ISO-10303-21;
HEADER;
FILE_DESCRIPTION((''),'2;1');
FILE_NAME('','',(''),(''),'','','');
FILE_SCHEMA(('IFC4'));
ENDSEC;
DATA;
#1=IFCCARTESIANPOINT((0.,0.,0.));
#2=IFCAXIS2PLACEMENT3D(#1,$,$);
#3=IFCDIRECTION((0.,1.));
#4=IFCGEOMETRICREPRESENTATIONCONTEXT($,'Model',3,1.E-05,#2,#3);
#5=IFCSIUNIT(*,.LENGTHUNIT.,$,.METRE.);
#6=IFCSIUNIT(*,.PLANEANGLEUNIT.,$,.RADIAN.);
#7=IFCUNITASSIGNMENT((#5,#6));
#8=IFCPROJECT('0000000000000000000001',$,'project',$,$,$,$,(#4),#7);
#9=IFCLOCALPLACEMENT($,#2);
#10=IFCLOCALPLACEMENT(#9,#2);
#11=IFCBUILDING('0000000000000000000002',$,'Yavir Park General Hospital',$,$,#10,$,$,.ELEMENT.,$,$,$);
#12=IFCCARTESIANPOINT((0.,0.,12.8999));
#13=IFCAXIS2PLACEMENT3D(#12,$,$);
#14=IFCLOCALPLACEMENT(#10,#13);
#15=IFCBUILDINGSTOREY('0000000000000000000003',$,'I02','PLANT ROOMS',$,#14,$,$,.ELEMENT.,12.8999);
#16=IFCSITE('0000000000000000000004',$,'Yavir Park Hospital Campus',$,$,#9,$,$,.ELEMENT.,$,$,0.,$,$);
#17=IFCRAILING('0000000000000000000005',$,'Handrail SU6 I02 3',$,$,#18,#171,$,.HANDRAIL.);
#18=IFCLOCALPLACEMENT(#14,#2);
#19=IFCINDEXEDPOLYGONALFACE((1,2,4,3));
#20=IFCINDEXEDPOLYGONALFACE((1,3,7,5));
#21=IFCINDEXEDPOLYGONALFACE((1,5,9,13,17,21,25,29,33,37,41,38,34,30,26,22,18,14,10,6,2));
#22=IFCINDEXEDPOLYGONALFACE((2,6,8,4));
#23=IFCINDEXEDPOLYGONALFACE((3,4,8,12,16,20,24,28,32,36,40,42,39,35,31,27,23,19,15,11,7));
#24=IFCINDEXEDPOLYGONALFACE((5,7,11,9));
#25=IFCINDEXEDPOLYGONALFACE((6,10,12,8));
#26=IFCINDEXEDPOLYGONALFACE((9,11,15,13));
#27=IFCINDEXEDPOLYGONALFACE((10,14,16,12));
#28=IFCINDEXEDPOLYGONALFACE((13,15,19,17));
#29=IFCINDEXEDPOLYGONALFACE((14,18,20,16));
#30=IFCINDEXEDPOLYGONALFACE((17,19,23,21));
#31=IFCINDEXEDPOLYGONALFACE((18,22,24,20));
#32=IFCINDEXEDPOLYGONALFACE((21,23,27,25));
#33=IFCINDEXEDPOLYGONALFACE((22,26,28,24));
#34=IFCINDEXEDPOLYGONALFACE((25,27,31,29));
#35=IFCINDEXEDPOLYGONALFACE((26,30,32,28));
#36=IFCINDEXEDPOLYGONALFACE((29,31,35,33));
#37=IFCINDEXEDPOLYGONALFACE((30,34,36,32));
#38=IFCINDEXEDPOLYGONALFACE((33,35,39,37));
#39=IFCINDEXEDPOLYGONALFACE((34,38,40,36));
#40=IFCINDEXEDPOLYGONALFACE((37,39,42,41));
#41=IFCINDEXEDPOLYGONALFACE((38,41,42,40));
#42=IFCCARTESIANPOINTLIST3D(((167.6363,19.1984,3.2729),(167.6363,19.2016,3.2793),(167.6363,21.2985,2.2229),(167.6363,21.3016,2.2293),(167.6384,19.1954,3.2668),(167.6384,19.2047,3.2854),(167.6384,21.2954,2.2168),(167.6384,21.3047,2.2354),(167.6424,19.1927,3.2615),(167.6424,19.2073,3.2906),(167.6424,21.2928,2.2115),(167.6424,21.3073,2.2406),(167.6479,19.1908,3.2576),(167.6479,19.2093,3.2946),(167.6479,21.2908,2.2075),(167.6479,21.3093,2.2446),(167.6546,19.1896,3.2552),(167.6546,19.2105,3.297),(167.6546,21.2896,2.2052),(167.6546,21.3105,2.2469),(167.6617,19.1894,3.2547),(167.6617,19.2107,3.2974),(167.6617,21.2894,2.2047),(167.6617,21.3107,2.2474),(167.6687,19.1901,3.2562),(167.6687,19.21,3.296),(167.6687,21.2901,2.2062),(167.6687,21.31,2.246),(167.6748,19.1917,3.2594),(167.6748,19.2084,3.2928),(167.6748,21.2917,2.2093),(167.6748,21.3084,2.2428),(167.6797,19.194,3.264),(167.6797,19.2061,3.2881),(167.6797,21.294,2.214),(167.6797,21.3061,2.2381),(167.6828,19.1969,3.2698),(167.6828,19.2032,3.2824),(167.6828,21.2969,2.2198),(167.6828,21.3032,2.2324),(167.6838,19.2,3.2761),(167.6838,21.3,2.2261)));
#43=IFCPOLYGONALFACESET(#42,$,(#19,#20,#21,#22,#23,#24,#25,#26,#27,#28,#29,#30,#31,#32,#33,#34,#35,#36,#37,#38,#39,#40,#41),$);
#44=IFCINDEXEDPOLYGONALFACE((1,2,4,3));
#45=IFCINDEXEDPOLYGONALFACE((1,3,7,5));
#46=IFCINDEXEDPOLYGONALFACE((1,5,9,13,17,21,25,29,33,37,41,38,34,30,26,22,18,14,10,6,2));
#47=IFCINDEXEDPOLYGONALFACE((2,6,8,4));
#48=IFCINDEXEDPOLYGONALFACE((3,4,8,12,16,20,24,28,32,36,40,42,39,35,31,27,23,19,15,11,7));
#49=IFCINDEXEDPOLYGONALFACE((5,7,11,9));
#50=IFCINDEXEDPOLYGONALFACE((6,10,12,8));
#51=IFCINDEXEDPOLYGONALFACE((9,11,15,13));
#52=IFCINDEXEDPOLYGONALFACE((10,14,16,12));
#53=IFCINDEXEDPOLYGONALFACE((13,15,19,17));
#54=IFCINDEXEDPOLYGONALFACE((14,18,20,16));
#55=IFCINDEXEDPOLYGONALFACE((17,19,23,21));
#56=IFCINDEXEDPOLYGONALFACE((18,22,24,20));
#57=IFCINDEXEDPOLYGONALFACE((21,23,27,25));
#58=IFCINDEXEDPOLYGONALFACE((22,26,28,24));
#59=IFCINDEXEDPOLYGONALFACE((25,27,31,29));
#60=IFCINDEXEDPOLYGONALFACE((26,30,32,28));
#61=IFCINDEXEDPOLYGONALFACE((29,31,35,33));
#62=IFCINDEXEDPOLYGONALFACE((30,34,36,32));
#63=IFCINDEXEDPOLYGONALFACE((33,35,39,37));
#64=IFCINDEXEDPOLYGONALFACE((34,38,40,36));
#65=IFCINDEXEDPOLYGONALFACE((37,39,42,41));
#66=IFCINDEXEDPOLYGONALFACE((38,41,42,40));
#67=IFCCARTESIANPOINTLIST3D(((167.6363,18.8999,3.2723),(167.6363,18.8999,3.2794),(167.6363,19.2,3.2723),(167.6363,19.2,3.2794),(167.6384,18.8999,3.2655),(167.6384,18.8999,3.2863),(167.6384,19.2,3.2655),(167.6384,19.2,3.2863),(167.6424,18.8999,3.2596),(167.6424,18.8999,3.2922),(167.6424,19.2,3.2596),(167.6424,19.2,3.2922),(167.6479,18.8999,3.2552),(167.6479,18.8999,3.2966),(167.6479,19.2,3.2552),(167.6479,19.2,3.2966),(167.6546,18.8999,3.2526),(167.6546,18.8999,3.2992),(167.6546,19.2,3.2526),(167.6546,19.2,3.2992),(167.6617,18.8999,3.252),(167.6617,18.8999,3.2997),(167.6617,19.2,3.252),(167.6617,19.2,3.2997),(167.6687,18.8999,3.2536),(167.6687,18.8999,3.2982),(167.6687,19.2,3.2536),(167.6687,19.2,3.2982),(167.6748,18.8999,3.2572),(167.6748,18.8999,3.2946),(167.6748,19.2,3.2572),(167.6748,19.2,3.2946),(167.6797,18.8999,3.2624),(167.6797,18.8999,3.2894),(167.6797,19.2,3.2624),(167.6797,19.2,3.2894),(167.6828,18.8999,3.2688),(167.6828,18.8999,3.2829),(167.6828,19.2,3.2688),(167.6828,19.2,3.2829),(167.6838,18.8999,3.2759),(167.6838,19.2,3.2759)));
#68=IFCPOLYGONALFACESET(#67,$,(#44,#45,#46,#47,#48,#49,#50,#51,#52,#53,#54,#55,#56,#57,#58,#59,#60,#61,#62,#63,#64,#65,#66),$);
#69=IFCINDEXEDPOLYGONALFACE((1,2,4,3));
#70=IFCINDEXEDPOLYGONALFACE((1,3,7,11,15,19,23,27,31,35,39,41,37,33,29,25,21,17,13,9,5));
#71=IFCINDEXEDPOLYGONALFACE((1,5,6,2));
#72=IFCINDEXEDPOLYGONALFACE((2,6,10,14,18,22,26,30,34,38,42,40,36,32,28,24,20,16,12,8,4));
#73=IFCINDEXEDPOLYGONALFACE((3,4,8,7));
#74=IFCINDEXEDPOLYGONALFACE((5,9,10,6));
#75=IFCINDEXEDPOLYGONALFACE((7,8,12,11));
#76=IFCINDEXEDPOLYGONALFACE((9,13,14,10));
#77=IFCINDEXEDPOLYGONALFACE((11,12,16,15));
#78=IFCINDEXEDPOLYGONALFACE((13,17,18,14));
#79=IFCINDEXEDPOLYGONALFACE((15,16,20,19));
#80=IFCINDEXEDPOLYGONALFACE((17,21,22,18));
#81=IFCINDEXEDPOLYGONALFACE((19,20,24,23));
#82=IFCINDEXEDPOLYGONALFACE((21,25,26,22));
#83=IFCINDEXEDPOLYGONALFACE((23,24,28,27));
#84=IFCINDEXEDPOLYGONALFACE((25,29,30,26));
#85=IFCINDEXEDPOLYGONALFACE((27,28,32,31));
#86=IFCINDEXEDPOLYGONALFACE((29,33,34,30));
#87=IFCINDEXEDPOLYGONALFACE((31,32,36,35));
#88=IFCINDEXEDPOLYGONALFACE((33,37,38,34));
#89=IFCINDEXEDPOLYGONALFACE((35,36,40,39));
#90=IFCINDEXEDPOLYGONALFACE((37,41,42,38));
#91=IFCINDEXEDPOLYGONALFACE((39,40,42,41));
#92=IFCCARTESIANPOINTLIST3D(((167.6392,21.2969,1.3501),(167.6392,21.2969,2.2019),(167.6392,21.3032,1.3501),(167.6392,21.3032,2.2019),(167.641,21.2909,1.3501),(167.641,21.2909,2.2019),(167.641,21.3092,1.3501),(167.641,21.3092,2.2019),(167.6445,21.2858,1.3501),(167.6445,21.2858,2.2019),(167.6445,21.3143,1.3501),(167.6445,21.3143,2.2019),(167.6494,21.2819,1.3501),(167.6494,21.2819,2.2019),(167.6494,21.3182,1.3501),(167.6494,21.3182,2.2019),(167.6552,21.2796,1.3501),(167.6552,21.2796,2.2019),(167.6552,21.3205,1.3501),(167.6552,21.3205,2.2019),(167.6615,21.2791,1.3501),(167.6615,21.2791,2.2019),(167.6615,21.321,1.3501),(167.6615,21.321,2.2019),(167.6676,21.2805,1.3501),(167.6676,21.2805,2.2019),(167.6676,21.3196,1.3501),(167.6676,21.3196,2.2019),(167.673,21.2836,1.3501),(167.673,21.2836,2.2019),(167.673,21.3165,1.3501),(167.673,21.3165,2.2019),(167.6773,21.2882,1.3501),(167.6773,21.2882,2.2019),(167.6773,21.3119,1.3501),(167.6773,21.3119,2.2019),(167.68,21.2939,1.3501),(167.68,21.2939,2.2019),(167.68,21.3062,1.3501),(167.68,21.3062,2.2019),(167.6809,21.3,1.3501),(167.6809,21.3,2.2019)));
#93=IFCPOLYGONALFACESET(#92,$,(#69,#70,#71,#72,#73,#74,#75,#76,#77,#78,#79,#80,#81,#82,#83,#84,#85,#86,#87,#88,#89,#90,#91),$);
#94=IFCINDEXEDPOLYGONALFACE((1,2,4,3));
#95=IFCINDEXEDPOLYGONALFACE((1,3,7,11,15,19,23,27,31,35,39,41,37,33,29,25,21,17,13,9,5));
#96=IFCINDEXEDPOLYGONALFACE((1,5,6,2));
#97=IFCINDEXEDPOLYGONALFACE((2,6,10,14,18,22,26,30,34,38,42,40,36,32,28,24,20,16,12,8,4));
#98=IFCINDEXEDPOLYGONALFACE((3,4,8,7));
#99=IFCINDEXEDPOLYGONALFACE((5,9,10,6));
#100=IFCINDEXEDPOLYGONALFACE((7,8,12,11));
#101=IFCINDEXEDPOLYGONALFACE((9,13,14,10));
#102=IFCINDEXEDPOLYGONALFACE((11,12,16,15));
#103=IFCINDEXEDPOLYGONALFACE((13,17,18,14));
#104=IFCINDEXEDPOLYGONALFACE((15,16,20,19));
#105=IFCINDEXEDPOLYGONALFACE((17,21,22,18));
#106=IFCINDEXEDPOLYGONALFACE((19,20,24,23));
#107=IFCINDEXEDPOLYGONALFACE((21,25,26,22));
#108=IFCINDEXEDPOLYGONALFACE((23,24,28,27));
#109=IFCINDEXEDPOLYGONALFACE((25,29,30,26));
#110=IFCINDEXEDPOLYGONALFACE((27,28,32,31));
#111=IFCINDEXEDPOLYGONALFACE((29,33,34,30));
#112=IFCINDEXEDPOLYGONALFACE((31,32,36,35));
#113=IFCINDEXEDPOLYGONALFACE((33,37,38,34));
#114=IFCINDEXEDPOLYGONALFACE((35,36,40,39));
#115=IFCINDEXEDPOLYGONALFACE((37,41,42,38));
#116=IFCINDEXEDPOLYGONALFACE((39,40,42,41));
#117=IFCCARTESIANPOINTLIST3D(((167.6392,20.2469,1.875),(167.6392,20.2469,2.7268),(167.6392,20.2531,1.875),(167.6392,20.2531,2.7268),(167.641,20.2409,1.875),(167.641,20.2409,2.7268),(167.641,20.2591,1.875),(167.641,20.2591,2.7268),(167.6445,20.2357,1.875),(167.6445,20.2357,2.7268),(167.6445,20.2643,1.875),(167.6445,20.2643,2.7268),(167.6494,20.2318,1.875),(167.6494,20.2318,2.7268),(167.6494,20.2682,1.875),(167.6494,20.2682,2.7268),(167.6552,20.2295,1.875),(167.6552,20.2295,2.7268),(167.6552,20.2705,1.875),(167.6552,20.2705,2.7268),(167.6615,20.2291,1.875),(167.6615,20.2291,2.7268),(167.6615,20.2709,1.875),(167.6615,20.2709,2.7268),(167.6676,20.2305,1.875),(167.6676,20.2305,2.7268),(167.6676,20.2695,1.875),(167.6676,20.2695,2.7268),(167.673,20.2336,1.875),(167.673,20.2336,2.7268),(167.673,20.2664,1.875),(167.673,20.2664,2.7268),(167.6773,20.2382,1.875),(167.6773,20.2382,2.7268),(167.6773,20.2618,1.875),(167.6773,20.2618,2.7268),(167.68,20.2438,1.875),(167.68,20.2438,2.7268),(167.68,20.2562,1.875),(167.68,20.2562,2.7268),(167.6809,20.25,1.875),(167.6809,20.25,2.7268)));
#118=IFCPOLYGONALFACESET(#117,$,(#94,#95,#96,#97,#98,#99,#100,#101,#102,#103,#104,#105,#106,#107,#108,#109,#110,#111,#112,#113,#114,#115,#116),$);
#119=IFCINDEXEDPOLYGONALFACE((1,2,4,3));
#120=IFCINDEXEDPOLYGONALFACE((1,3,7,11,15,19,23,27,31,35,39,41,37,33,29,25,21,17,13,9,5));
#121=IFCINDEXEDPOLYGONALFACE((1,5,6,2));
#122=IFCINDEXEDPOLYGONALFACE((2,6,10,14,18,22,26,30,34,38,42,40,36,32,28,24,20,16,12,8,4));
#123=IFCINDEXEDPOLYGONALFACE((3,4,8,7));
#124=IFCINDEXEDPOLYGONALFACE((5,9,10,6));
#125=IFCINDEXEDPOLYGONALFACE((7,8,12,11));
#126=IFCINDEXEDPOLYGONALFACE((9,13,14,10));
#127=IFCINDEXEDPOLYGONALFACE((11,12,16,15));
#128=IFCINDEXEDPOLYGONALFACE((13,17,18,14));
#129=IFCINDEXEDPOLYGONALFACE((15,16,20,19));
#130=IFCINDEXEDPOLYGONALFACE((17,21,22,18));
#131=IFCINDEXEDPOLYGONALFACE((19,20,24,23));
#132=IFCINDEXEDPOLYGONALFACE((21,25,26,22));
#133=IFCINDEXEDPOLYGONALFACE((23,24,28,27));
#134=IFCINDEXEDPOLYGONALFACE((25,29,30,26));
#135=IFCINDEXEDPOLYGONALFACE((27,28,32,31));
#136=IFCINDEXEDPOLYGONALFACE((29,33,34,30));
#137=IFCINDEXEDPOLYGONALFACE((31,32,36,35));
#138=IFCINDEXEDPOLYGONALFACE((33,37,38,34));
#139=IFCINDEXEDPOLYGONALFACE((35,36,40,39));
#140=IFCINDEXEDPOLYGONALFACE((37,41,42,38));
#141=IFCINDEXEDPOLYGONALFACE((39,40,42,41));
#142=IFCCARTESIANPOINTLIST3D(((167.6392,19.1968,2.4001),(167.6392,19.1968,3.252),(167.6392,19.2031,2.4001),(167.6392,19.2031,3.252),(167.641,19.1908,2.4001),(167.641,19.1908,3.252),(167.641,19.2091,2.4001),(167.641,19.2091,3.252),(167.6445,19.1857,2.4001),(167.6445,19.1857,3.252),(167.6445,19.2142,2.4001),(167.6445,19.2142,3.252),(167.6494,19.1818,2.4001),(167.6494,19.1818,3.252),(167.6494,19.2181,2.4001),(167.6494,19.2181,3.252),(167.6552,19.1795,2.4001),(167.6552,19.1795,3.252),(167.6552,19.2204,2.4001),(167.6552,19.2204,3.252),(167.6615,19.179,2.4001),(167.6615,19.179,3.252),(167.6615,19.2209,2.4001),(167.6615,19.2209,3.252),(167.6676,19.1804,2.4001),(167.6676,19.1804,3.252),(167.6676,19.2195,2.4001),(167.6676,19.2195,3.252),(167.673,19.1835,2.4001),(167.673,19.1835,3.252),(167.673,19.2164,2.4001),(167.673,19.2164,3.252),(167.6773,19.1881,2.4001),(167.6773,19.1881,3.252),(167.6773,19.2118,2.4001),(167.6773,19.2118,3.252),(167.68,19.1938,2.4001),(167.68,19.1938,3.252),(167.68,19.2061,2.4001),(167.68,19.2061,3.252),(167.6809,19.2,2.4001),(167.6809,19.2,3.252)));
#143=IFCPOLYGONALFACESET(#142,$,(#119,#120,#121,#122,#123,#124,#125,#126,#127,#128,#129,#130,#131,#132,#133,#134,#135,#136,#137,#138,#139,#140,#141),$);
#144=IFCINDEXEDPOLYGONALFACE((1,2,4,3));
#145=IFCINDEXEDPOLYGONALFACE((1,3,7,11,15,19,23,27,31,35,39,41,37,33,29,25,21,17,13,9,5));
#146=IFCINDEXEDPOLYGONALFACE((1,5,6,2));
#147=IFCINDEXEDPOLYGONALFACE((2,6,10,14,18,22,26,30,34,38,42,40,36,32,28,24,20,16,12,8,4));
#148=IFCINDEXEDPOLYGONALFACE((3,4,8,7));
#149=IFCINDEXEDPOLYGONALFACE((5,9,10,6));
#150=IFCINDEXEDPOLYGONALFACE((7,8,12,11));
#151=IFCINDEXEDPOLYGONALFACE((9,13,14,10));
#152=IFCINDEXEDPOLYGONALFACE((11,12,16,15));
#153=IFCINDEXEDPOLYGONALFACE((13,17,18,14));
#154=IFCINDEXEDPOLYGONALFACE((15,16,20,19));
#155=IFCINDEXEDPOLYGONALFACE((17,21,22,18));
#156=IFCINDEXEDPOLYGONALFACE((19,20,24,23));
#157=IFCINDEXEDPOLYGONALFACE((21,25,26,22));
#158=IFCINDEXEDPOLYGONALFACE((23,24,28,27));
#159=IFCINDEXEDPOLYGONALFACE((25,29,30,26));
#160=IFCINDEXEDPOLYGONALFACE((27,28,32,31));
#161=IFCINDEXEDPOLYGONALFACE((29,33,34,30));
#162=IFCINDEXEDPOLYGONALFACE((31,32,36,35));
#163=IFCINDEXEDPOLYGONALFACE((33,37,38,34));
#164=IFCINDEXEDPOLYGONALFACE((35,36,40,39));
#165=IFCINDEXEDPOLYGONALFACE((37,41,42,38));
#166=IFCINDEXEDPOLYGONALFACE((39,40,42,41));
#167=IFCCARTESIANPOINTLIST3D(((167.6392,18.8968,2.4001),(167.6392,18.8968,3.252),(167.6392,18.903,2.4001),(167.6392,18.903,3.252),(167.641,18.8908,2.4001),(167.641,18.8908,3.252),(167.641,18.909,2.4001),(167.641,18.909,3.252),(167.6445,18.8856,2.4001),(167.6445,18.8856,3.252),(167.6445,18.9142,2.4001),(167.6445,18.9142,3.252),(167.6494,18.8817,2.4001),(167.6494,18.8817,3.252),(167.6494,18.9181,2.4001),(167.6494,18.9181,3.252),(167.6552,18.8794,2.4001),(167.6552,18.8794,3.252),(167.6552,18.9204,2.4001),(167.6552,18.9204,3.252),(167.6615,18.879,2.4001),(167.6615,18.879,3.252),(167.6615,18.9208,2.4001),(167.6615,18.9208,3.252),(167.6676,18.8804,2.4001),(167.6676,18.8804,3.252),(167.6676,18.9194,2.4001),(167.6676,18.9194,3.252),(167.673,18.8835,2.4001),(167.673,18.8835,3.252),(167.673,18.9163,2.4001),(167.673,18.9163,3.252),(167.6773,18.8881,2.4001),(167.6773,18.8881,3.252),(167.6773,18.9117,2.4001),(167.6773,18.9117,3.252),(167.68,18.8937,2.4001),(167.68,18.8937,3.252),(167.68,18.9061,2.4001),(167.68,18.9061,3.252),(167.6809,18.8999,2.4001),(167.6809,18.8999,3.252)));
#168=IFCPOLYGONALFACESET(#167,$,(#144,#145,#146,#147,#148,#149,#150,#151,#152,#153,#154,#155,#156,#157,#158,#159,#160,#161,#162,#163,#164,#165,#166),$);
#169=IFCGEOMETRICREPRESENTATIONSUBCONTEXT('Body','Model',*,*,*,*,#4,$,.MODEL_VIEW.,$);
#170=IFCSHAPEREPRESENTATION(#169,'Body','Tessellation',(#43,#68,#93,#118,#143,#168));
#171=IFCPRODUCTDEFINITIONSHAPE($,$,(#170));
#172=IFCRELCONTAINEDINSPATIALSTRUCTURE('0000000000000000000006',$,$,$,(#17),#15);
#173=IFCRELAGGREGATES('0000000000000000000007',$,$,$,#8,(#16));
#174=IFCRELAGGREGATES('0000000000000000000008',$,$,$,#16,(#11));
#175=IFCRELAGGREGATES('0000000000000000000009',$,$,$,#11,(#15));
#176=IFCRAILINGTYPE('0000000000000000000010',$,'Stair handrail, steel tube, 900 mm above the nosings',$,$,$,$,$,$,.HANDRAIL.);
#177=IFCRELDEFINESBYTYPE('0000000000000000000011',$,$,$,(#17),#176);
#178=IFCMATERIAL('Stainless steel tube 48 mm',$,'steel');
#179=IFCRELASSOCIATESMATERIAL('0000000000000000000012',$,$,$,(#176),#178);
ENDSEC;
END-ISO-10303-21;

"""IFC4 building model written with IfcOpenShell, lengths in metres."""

from ifc_helpers import new_model, si_unit, direction, frame, origin, origin_2d, place, context, subcontext, project, spatial, circle, extrude, material, type_object, element, save


model = new_model("IFC4")

# Units and contexts
model_context = context("Model", 3, precision=1e-05, world=origin(), true_north=direction((0.0, 1.0)))
body_context = subcontext(model_context, "Body", "Model", "MODEL_VIEW")
ifc_project = project(units=[si_unit("LENGTHUNIT", "METRE"), si_unit("PLANEANGLEUNIT", "RADIAN")], contexts=[model_context])

# Site, building, storey
site_placement = place(None, origin())
site = spatial("IfcSite", under=ifc_project, at=site_placement, Name="Yavir Park Hospital Campus", CompositionType="ELEMENT", RefElevation=0.0)
building_placement = place(site_placement, origin())
building = spatial("IfcBuilding", under=site, at=building_placement, Name="Yavir Park General Hospital", CompositionType="ELEMENT")
storey_placement = place(building_placement, frame((0.0, 0.0, 12.8999)))
storey = spatial("IfcBuildingStorey", under=building, at=storey_placement, Name="I02", Description="PLANT ROOMS", CompositionType="ELEMENT", Elevation=12.8999)

# Railing
ifc_material_1 = material(Name="Stainless steel tube 48 mm", Category="steel")
railing_type = type_object("IfcRailingType", Name="Stair handrail, steel tube, 900 mm above the nosings", PredefinedType="HANDRAIL", material=ifc_material_1)
for number, where, name in (
    (1, (167.6599, 21.3, 1.3501), "Handrail SU6 I02 3"),
):
    element("IfcRailing", number, at=place(storey_placement, frame(where)), inside=storey, type_object=railing_type, Name=name, PredefinedType="HANDRAIL", context=body_context, shape_type="SweptSolid", body=[
        extrude(circle(Radius=0.0239, at=origin_2d()), frame((0.0, 0.0, 0.876), z_axis=(0.0, -0.894427, 0.447214), x_axis=(1.0, 0.0, 0.0)), (0.0, 0.0, 1.0), 2.3479),
        extrude(circle(Radius=0.0239, at=origin_2d()), frame((0.0, -2.1001, 1.9258), z_axis=(0.0, -1.0, 0.0), x_axis=(1.0, 0.0, 0.0)), (0.0, 0.0, 1.0), 0.3),
        extrude(circle(Radius=0.021, at=origin_2d()), origin(), (0.0, 0.0, 1.0), 0.8518),
        extrude(circle(Radius=0.021, at=origin_2d()), frame((0.0, -1.05, 0.5249)), (0.0, 0.0, 1.0), 0.8518),
        extrude(circle(Radius=0.021, at=origin_2d()), frame((0.0, -2.1001, 1.05)), (0.0, 0.0, 1.0), 0.8518),
        extrude(circle(Radius=0.021, at=origin_2d()), frame((0.0, -2.4001, 1.05)), (0.0, 0.0, 1.0), 0.8518),
    ])

save(model, "model.ifc")
